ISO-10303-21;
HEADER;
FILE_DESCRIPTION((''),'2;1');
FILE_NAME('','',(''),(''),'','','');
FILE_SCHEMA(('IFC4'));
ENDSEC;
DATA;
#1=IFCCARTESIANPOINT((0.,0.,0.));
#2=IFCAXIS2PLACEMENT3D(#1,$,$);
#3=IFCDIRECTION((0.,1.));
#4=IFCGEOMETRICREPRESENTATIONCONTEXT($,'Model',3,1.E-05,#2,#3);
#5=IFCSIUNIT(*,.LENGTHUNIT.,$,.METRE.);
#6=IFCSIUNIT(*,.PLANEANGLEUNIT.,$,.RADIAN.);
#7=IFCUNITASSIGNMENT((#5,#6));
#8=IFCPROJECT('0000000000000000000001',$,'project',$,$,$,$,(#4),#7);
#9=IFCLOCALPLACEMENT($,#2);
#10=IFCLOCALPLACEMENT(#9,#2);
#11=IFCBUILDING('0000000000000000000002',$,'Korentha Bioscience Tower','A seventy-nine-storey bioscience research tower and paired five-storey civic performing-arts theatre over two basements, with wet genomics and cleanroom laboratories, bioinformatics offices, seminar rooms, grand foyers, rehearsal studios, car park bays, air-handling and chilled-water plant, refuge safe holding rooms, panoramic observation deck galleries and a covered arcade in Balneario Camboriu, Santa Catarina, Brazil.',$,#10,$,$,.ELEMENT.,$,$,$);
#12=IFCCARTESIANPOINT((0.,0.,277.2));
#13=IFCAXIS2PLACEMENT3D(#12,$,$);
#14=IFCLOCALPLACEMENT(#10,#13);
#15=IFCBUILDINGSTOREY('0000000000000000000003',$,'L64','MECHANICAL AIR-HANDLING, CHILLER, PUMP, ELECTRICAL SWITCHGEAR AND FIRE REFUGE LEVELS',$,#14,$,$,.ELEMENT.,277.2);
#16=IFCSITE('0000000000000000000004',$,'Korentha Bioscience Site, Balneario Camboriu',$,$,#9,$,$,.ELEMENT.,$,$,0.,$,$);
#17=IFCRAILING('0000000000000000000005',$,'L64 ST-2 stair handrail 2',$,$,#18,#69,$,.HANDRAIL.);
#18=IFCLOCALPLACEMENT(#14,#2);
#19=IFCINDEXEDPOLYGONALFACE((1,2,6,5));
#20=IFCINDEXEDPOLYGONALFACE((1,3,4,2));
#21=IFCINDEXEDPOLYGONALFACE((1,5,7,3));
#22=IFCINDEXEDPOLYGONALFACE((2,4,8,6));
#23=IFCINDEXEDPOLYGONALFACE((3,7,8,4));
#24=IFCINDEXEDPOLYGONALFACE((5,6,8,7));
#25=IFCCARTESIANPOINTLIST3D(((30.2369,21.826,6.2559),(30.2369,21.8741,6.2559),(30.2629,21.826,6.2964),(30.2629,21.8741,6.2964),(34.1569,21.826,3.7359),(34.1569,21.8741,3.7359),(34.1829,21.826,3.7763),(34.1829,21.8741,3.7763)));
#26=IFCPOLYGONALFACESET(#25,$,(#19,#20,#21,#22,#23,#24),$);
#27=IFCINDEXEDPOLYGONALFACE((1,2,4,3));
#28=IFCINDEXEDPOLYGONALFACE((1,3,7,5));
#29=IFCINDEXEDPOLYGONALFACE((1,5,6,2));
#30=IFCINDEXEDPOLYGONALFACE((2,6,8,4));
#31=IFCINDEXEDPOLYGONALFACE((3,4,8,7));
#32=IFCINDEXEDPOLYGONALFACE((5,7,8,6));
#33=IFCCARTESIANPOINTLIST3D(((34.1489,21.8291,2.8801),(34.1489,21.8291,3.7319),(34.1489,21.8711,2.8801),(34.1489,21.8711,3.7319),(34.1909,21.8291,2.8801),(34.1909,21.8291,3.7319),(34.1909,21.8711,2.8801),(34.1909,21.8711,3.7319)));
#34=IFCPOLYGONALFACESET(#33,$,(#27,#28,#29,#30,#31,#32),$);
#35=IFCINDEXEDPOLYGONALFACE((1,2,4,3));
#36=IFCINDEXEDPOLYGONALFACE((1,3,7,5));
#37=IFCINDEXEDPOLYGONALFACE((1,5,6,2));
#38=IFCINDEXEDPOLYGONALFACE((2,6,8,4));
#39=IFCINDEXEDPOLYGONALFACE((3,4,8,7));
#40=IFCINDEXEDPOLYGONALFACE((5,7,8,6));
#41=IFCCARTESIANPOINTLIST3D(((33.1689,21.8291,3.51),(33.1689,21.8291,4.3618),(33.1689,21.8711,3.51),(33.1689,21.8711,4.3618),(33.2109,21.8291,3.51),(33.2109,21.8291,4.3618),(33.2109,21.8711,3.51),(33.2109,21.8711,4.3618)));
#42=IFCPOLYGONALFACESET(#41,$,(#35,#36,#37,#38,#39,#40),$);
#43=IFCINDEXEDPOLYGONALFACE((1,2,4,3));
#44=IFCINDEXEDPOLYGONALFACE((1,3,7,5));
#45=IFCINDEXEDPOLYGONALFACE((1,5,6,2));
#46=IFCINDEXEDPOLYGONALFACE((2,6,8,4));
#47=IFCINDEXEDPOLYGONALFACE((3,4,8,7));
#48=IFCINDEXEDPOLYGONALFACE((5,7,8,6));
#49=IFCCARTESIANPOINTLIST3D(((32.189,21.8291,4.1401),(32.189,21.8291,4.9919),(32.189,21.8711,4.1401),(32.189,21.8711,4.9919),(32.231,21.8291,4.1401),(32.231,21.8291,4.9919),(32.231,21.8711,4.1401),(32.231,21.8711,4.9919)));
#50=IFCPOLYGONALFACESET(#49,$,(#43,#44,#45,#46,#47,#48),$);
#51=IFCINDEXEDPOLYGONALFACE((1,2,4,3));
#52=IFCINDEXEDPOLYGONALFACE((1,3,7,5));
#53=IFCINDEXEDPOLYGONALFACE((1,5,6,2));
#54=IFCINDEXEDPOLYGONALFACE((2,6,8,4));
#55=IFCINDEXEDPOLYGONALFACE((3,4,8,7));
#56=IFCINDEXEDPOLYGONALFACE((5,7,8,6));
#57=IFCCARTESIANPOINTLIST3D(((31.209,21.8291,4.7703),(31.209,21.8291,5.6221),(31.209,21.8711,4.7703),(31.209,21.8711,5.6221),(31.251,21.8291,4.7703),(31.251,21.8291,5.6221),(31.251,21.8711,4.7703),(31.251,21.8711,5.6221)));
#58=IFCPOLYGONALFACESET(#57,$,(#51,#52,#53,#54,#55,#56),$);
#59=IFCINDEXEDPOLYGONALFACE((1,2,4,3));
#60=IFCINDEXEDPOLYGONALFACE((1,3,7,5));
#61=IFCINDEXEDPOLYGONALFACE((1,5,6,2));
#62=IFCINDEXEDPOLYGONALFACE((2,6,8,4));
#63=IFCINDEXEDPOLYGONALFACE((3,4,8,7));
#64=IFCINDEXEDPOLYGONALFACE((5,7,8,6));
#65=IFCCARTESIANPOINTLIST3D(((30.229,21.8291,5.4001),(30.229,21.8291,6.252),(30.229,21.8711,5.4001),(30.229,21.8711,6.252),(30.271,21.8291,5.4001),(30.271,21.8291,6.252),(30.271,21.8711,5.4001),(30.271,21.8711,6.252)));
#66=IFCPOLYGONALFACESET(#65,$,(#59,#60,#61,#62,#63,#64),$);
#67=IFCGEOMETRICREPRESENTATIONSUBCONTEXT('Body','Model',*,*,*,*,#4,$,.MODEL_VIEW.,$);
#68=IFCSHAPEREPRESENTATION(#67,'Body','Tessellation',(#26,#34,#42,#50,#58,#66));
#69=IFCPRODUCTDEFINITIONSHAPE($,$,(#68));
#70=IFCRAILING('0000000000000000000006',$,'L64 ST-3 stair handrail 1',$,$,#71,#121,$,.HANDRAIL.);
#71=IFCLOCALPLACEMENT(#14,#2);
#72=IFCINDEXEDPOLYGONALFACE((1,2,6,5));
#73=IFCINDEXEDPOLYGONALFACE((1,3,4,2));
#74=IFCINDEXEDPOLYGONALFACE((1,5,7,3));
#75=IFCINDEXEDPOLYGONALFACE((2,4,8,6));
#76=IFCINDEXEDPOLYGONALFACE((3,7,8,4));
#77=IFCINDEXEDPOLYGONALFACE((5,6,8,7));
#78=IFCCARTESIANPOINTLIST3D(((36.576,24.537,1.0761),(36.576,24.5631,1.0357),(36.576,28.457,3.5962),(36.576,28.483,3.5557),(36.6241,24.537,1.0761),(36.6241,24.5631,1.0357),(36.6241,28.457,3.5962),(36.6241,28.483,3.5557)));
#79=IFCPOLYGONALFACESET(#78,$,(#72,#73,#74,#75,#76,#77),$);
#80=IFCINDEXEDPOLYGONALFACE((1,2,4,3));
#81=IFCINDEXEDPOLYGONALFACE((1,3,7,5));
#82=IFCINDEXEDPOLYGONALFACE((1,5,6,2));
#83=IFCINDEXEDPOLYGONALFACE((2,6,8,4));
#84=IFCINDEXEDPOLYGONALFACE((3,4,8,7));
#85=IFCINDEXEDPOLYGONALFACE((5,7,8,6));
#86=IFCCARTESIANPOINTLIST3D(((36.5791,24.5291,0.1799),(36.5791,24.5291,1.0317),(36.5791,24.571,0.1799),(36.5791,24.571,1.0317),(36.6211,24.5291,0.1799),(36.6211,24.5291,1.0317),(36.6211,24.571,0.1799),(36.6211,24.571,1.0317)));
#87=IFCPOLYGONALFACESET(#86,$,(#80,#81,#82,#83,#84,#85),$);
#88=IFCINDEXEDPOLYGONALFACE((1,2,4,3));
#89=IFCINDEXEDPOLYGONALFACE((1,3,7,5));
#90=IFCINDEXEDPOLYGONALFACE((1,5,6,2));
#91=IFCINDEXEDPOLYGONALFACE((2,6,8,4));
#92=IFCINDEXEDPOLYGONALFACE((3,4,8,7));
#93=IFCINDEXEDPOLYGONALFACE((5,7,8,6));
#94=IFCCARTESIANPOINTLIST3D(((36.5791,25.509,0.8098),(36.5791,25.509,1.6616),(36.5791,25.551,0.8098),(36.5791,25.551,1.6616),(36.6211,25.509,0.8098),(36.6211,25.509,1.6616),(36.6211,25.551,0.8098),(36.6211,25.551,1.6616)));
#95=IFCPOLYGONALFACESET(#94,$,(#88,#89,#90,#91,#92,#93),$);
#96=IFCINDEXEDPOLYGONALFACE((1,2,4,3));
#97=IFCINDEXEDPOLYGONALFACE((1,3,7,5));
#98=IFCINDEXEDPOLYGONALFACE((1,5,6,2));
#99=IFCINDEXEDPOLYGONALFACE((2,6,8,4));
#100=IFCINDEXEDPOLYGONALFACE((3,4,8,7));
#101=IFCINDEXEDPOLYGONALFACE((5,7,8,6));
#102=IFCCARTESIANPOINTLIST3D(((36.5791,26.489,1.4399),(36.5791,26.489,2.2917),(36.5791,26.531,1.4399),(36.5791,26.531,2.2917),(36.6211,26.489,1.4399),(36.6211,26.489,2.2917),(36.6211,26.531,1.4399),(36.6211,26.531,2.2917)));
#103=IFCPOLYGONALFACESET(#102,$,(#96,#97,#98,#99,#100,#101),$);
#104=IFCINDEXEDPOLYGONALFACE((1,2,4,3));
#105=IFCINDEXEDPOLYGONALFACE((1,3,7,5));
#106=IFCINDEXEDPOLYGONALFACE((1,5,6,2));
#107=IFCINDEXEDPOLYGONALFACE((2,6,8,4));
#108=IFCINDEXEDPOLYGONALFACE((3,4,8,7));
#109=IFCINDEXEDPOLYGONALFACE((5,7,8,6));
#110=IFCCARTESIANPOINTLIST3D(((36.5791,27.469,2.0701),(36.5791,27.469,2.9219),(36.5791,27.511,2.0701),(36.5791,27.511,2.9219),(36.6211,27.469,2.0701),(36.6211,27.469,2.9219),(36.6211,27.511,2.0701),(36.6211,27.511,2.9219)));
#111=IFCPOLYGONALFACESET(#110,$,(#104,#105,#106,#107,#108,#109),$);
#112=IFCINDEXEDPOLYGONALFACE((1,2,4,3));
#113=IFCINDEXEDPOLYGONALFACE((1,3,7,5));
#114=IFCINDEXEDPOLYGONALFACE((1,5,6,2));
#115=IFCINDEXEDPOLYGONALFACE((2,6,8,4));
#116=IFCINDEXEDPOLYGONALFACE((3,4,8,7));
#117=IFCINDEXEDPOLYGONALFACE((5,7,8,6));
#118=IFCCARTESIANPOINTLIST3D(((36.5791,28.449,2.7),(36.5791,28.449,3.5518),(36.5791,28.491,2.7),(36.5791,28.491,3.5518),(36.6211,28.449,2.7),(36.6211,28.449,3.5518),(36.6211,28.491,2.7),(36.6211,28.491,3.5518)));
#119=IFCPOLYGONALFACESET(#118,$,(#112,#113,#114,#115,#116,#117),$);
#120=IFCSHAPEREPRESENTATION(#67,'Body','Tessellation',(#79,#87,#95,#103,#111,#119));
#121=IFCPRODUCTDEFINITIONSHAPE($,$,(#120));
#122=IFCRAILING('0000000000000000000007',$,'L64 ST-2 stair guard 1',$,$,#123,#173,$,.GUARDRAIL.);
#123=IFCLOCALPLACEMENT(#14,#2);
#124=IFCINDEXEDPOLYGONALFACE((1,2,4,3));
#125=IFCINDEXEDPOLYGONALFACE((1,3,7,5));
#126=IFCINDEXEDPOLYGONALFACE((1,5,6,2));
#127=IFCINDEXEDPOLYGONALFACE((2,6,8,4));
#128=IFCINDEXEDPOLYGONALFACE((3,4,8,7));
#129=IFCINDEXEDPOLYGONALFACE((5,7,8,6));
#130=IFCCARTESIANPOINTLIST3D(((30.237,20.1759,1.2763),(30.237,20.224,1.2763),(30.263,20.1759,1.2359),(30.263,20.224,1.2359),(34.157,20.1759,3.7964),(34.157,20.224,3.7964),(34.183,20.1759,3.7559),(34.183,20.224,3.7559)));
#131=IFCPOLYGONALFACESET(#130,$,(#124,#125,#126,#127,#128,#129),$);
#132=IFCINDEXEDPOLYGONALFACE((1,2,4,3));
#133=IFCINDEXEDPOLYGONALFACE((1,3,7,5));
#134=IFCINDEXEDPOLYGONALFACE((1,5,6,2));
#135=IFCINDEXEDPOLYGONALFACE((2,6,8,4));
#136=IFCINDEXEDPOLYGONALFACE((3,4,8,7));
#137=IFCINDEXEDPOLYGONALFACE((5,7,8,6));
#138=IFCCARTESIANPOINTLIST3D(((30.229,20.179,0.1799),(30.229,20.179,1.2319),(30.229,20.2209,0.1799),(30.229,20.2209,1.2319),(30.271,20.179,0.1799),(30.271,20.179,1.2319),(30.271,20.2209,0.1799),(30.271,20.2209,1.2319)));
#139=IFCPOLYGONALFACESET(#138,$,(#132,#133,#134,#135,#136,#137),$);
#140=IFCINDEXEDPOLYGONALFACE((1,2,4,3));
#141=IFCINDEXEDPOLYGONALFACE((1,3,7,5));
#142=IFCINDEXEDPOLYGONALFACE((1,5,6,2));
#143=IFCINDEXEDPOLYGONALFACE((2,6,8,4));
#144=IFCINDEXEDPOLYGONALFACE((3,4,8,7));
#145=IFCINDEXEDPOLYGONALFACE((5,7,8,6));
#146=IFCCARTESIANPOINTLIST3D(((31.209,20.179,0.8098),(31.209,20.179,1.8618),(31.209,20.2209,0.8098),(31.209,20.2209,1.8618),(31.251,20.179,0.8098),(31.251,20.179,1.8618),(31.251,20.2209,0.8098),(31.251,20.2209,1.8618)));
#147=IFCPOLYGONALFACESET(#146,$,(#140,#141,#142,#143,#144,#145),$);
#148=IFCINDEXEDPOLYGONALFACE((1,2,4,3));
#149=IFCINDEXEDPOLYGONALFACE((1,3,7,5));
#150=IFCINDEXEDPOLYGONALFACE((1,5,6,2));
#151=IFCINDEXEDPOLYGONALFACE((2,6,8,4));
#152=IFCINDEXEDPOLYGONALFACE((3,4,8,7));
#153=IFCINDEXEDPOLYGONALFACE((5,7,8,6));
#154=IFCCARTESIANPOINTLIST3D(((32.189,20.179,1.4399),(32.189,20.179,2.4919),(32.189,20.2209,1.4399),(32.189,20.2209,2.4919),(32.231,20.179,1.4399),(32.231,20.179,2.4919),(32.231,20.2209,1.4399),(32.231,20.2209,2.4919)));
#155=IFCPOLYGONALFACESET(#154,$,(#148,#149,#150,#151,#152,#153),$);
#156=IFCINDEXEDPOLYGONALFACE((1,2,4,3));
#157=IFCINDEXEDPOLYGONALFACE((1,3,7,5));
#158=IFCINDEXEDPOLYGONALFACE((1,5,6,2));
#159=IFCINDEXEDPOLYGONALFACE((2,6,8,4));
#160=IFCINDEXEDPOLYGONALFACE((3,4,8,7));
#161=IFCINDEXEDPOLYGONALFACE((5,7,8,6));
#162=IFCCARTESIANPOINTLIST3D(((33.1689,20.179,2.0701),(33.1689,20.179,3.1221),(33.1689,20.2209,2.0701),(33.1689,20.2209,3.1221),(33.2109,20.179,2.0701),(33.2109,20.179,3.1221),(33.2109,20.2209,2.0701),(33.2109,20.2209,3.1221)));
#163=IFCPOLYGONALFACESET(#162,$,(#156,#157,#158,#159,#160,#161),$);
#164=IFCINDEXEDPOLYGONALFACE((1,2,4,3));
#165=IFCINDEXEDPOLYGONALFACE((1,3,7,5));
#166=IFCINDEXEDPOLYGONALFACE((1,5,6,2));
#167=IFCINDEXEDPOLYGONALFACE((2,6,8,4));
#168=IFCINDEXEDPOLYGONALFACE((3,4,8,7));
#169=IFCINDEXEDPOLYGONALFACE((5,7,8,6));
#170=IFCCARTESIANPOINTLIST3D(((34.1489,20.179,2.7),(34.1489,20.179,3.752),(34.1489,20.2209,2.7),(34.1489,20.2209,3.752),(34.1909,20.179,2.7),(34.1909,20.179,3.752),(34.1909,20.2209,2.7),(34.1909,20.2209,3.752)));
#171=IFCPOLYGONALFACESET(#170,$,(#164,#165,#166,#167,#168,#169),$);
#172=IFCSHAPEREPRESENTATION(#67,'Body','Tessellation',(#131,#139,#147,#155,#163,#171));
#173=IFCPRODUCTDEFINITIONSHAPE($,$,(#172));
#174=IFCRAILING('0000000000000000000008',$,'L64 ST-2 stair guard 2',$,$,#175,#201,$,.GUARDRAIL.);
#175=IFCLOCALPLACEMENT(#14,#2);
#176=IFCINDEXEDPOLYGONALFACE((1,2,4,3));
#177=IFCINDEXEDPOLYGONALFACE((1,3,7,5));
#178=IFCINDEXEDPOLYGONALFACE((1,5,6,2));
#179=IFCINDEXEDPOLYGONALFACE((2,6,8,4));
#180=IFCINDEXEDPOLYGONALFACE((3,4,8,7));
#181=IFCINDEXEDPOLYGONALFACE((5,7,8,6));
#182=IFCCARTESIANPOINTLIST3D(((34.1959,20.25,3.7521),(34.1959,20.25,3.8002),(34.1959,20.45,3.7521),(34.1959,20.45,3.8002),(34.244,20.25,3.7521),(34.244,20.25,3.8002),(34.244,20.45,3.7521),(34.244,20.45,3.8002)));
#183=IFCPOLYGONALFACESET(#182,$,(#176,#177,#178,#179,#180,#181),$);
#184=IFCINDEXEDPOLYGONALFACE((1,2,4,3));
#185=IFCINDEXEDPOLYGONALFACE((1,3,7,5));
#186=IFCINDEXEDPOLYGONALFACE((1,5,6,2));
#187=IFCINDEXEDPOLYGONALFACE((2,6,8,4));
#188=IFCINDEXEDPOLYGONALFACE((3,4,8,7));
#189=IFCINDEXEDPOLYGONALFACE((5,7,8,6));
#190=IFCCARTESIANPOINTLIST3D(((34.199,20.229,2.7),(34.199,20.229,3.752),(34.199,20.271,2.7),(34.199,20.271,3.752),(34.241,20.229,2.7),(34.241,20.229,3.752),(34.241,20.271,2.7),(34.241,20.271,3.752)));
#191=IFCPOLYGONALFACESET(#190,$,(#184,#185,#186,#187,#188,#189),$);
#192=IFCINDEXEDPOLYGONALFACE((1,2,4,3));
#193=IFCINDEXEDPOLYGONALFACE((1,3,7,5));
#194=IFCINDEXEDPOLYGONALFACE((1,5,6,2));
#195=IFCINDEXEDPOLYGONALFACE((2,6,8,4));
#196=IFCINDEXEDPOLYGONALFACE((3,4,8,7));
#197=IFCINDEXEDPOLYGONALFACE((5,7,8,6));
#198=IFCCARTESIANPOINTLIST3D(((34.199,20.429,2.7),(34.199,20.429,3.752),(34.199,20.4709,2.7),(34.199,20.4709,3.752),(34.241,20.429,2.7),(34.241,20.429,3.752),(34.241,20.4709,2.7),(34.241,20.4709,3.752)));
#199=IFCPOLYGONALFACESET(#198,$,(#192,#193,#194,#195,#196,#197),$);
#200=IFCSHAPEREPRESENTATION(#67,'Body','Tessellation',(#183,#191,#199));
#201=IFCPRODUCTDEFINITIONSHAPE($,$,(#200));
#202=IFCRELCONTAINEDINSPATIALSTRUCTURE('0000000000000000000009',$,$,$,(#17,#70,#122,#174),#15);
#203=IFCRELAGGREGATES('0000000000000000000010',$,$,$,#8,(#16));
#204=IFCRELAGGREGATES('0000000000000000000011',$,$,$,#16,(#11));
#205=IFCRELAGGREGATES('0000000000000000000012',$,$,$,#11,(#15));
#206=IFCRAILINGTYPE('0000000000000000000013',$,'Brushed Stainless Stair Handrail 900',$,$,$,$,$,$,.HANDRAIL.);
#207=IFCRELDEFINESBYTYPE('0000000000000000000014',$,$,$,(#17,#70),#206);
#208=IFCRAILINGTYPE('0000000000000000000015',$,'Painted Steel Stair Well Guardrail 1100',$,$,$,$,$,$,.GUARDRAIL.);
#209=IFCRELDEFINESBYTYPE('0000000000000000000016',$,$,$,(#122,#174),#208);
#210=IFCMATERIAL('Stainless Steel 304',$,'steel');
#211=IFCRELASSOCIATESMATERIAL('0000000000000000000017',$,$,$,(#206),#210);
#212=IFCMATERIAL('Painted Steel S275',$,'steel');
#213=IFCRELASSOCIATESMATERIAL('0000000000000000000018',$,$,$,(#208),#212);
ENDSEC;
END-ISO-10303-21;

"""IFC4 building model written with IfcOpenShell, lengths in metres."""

from ifc_helpers import new_model, si_unit, direction, frame, origin, origin_2d, place, context, subcontext, project, spatial, rectangle, extrude, material, type_object, element, save


model = new_model("IFC4")

# Units and contexts
model_context = context("Model", 3, precision=1e-05, world=origin(), true_north=direction((0.0, 1.0)))
body_context = subcontext(model_context, "Body", "Model", "MODEL_VIEW")
ifc_project = project(units=[si_unit("LENGTHUNIT", "METRE"), si_unit("PLANEANGLEUNIT", "RADIAN")], contexts=[model_context])

# Site, building, storey
site_placement = place(None, origin())
site = spatial("IfcSite", under=ifc_project, at=site_placement, Name="Korentha Bioscience Site, Balneario Camboriu", CompositionType="ELEMENT", RefElevation=0.0)
building_placement = place(site_placement, origin())
building = spatial("IfcBuilding", under=site, at=building_placement, Name="Korentha Bioscience Tower", Description="A seventy-nine-storey bioscience research tower and paired five-storey civic performing-arts theatre over two basements, with wet genomics and cleanroom laboratories, bioinformatics offices, seminar rooms, grand foyers, rehearsal studios, car park bays, air-handling and chilled-water plant, refuge safe holding rooms, panoramic observation deck galleries and a covered arcade in Balneario Camboriu, Santa Catarina, Brazil.", CompositionType="ELEMENT")
storey_placement = place(building_placement, frame((0.0, 0.0, 277.2)))
storey = spatial("IfcBuildingStorey", under=building, at=storey_placement, Name="L64", Description="MECHANICAL AIR-HANDLING, CHILLER, PUMP, ELECTRICAL SWITCHGEAR AND FIRE REFUGE LEVELS", CompositionType="ELEMENT", Elevation=277.2)

# Railings
ifc_material_1 = material(Name="Stainless Steel 304", Category="steel")
railing_type_1 = type_object("IfcRailingType", Name="Brushed Stainless Stair Handrail 900", PredefinedType="HANDRAIL", material=ifc_material_1)
railing_1_placement = place(storey_placement, frame((34.1699, 21.8501, 2.8801)))
element("IfcRailing", 1, at=railing_1_placement, inside=storey, type_object=railing_type_1, Name="L64 ST-2 stair handrail 2", PredefinedType="HANDRAIL", context=body_context, shape_type="SweptSolid", body=[
    extrude(rectangle(XDim=0.0481, YDim=0.0481, at=origin_2d()), frame((0.0, 0.0, 0.876), z_axis=(-0.841172, 0.0, 0.540768), x_axis=(0.0, -1.0, 0.0)), (0.0, 0.0, 1.0), 4.6602),
    extrude(rectangle(XDim=0.042, YDim=0.042, at=origin_2d()), origin(), (0.0, 0.0, 1.0), 0.8518),
    extrude(rectangle(XDim=0.042, YDim=0.042, at=origin_2d()), frame((-0.98, 0.0, 0.6299)), (0.0, 0.0, 1.0), 0.8518),
    extrude(rectangle(XDim=0.042, YDim=0.042, at=origin_2d()), frame((-1.96, 0.0, 1.26)), (0.0, 0.0, 1.0), 0.8518),
    extrude(rectangle(XDim=0.042, YDim=0.042, at=origin_2d()), frame((-2.9399, 0.0, 1.8901)), (0.0, 0.0, 1.0), 0.8518),
    extrude(rectangle(XDim=0.042, YDim=0.042, at=origin_2d()), frame((-3.9199, 0.0, 2.52)), (0.0, 0.0, 1.0), 0.8518),
])
railing_2_placement = place(storey_placement, frame((36.6001, 24.55, 0.1799)))
element("IfcRailing", 2, at=railing_2_placement, inside=storey, type_object=railing_type_1, Name="L64 ST-3 stair handrail 1", PredefinedType="HANDRAIL", context=body_context, shape_type="SweptSolid", body=[
    extrude(rectangle(XDim=0.0481, YDim=0.0481, at=origin_2d()), frame((0.0, 0.0, 0.876), z_axis=(0.0, 0.841172, 0.540768), x_axis=(-1.0, 0.0, 0.0)), (0.0, 0.0, 1.0), 4.6602),
    extrude(rectangle(XDim=0.042, YDim=0.042, at=origin_2d()), origin(), (0.0, 0.0, 1.0), 0.8518),
    extrude(rectangle(XDim=0.042, YDim=0.042, at=origin_2d()), frame((0.0, 0.98, 0.6299)), (0.0, 0.0, 1.0), 0.8518),
    extrude(rectangle(XDim=0.042, YDim=0.042, at=origin_2d()), frame((0.0, 1.96, 1.26)), (0.0, 0.0, 1.0), 0.8518),
    extrude(rectangle(XDim=0.042, YDim=0.042, at=origin_2d()), frame((0.0, 2.9399, 1.8901)), (0.0, 0.0, 1.0), 0.8518),
    extrude(rectangle(XDim=0.042, YDim=0.042, at=origin_2d()), frame((0.0, 3.9199, 2.52)), (0.0, 0.0, 1.0), 0.8518),
])
ifc_material_2 = material(Name="Painted Steel S275", Category="steel")
railing_type_2 = type_object("IfcRailingType", Name="Painted Steel Stair Well Guardrail 1100", PredefinedType="GUARDRAIL", material=ifc_material_2)
railing_3_placement = place(storey_placement, frame((30.25, 20.2, 0.1799)))
element("IfcRailing", 3, at=railing_3_placement, inside=storey, type_object=railing_type_2, Name="L64 ST-2 stair guard 1", PredefinedType="GUARDRAIL", context=body_context, shape_type="SweptSolid", body=[
    extrude(rectangle(XDim=0.0481, YDim=0.0481, at=origin_2d()), frame((0.0, 0.0, 1.0762), z_axis=(0.841172, 0.0, 0.540768), x_axis=(0.0, 1.0, 0.0)), (0.0, 0.0, 1.0), 4.6602),
    extrude(rectangle(XDim=0.042, YDim=0.042, at=origin_2d()), origin(), (0.0, 0.0, 1.0), 1.052),
    extrude(rectangle(XDim=0.042, YDim=0.042, at=origin_2d()), frame((0.98, 0.0, 0.6299)), (0.0, 0.0, 1.0), 1.052),
    extrude(rectangle(XDim=0.042, YDim=0.042, at=origin_2d()), frame((1.96, 0.0, 1.26)), (0.0, 0.0, 1.0), 1.052),
    extrude(rectangle(XDim=0.042, YDim=0.042, at=origin_2d()), frame((2.9399, 0.0, 1.8901)), (0.0, 0.0, 1.0), 1.052),
    extrude(rectangle(XDim=0.042, YDim=0.042, at=origin_2d()), frame((3.9199, 0.0, 2.52)), (0.0, 0.0, 1.0), 1.052),
])
railing_4_placement = place(storey_placement, frame((34.22, 20.25, 2.7)))
element("IfcRailing", 4, at=railing_4_placement, inside=storey, type_object=railing_type_2, Name="L64 ST-2 stair guard 2", PredefinedType="GUARDRAIL", context=body_context, shape_type="SweptSolid", body=[
    extrude(rectangle(XDim=0.0481, YDim=0.0481, at=origin_2d()), frame((0.0, 0.0, 1.0762), z_axis=(0.0, 1.0, 0.0), x_axis=(-1.0, 0.0, 0.0)), (0.0, 0.0, 1.0), 0.2),
    extrude(rectangle(XDim=0.042, YDim=0.042, at=origin_2d()), origin(), (0.0, 0.0, 1.0), 1.052),
    extrude(rectangle(XDim=0.042, YDim=0.042, at=origin_2d()), frame((0.0, 0.2, 0.0)), (0.0, 0.0, 1.0), 1.052),
])

save(model, "model.ifc")
